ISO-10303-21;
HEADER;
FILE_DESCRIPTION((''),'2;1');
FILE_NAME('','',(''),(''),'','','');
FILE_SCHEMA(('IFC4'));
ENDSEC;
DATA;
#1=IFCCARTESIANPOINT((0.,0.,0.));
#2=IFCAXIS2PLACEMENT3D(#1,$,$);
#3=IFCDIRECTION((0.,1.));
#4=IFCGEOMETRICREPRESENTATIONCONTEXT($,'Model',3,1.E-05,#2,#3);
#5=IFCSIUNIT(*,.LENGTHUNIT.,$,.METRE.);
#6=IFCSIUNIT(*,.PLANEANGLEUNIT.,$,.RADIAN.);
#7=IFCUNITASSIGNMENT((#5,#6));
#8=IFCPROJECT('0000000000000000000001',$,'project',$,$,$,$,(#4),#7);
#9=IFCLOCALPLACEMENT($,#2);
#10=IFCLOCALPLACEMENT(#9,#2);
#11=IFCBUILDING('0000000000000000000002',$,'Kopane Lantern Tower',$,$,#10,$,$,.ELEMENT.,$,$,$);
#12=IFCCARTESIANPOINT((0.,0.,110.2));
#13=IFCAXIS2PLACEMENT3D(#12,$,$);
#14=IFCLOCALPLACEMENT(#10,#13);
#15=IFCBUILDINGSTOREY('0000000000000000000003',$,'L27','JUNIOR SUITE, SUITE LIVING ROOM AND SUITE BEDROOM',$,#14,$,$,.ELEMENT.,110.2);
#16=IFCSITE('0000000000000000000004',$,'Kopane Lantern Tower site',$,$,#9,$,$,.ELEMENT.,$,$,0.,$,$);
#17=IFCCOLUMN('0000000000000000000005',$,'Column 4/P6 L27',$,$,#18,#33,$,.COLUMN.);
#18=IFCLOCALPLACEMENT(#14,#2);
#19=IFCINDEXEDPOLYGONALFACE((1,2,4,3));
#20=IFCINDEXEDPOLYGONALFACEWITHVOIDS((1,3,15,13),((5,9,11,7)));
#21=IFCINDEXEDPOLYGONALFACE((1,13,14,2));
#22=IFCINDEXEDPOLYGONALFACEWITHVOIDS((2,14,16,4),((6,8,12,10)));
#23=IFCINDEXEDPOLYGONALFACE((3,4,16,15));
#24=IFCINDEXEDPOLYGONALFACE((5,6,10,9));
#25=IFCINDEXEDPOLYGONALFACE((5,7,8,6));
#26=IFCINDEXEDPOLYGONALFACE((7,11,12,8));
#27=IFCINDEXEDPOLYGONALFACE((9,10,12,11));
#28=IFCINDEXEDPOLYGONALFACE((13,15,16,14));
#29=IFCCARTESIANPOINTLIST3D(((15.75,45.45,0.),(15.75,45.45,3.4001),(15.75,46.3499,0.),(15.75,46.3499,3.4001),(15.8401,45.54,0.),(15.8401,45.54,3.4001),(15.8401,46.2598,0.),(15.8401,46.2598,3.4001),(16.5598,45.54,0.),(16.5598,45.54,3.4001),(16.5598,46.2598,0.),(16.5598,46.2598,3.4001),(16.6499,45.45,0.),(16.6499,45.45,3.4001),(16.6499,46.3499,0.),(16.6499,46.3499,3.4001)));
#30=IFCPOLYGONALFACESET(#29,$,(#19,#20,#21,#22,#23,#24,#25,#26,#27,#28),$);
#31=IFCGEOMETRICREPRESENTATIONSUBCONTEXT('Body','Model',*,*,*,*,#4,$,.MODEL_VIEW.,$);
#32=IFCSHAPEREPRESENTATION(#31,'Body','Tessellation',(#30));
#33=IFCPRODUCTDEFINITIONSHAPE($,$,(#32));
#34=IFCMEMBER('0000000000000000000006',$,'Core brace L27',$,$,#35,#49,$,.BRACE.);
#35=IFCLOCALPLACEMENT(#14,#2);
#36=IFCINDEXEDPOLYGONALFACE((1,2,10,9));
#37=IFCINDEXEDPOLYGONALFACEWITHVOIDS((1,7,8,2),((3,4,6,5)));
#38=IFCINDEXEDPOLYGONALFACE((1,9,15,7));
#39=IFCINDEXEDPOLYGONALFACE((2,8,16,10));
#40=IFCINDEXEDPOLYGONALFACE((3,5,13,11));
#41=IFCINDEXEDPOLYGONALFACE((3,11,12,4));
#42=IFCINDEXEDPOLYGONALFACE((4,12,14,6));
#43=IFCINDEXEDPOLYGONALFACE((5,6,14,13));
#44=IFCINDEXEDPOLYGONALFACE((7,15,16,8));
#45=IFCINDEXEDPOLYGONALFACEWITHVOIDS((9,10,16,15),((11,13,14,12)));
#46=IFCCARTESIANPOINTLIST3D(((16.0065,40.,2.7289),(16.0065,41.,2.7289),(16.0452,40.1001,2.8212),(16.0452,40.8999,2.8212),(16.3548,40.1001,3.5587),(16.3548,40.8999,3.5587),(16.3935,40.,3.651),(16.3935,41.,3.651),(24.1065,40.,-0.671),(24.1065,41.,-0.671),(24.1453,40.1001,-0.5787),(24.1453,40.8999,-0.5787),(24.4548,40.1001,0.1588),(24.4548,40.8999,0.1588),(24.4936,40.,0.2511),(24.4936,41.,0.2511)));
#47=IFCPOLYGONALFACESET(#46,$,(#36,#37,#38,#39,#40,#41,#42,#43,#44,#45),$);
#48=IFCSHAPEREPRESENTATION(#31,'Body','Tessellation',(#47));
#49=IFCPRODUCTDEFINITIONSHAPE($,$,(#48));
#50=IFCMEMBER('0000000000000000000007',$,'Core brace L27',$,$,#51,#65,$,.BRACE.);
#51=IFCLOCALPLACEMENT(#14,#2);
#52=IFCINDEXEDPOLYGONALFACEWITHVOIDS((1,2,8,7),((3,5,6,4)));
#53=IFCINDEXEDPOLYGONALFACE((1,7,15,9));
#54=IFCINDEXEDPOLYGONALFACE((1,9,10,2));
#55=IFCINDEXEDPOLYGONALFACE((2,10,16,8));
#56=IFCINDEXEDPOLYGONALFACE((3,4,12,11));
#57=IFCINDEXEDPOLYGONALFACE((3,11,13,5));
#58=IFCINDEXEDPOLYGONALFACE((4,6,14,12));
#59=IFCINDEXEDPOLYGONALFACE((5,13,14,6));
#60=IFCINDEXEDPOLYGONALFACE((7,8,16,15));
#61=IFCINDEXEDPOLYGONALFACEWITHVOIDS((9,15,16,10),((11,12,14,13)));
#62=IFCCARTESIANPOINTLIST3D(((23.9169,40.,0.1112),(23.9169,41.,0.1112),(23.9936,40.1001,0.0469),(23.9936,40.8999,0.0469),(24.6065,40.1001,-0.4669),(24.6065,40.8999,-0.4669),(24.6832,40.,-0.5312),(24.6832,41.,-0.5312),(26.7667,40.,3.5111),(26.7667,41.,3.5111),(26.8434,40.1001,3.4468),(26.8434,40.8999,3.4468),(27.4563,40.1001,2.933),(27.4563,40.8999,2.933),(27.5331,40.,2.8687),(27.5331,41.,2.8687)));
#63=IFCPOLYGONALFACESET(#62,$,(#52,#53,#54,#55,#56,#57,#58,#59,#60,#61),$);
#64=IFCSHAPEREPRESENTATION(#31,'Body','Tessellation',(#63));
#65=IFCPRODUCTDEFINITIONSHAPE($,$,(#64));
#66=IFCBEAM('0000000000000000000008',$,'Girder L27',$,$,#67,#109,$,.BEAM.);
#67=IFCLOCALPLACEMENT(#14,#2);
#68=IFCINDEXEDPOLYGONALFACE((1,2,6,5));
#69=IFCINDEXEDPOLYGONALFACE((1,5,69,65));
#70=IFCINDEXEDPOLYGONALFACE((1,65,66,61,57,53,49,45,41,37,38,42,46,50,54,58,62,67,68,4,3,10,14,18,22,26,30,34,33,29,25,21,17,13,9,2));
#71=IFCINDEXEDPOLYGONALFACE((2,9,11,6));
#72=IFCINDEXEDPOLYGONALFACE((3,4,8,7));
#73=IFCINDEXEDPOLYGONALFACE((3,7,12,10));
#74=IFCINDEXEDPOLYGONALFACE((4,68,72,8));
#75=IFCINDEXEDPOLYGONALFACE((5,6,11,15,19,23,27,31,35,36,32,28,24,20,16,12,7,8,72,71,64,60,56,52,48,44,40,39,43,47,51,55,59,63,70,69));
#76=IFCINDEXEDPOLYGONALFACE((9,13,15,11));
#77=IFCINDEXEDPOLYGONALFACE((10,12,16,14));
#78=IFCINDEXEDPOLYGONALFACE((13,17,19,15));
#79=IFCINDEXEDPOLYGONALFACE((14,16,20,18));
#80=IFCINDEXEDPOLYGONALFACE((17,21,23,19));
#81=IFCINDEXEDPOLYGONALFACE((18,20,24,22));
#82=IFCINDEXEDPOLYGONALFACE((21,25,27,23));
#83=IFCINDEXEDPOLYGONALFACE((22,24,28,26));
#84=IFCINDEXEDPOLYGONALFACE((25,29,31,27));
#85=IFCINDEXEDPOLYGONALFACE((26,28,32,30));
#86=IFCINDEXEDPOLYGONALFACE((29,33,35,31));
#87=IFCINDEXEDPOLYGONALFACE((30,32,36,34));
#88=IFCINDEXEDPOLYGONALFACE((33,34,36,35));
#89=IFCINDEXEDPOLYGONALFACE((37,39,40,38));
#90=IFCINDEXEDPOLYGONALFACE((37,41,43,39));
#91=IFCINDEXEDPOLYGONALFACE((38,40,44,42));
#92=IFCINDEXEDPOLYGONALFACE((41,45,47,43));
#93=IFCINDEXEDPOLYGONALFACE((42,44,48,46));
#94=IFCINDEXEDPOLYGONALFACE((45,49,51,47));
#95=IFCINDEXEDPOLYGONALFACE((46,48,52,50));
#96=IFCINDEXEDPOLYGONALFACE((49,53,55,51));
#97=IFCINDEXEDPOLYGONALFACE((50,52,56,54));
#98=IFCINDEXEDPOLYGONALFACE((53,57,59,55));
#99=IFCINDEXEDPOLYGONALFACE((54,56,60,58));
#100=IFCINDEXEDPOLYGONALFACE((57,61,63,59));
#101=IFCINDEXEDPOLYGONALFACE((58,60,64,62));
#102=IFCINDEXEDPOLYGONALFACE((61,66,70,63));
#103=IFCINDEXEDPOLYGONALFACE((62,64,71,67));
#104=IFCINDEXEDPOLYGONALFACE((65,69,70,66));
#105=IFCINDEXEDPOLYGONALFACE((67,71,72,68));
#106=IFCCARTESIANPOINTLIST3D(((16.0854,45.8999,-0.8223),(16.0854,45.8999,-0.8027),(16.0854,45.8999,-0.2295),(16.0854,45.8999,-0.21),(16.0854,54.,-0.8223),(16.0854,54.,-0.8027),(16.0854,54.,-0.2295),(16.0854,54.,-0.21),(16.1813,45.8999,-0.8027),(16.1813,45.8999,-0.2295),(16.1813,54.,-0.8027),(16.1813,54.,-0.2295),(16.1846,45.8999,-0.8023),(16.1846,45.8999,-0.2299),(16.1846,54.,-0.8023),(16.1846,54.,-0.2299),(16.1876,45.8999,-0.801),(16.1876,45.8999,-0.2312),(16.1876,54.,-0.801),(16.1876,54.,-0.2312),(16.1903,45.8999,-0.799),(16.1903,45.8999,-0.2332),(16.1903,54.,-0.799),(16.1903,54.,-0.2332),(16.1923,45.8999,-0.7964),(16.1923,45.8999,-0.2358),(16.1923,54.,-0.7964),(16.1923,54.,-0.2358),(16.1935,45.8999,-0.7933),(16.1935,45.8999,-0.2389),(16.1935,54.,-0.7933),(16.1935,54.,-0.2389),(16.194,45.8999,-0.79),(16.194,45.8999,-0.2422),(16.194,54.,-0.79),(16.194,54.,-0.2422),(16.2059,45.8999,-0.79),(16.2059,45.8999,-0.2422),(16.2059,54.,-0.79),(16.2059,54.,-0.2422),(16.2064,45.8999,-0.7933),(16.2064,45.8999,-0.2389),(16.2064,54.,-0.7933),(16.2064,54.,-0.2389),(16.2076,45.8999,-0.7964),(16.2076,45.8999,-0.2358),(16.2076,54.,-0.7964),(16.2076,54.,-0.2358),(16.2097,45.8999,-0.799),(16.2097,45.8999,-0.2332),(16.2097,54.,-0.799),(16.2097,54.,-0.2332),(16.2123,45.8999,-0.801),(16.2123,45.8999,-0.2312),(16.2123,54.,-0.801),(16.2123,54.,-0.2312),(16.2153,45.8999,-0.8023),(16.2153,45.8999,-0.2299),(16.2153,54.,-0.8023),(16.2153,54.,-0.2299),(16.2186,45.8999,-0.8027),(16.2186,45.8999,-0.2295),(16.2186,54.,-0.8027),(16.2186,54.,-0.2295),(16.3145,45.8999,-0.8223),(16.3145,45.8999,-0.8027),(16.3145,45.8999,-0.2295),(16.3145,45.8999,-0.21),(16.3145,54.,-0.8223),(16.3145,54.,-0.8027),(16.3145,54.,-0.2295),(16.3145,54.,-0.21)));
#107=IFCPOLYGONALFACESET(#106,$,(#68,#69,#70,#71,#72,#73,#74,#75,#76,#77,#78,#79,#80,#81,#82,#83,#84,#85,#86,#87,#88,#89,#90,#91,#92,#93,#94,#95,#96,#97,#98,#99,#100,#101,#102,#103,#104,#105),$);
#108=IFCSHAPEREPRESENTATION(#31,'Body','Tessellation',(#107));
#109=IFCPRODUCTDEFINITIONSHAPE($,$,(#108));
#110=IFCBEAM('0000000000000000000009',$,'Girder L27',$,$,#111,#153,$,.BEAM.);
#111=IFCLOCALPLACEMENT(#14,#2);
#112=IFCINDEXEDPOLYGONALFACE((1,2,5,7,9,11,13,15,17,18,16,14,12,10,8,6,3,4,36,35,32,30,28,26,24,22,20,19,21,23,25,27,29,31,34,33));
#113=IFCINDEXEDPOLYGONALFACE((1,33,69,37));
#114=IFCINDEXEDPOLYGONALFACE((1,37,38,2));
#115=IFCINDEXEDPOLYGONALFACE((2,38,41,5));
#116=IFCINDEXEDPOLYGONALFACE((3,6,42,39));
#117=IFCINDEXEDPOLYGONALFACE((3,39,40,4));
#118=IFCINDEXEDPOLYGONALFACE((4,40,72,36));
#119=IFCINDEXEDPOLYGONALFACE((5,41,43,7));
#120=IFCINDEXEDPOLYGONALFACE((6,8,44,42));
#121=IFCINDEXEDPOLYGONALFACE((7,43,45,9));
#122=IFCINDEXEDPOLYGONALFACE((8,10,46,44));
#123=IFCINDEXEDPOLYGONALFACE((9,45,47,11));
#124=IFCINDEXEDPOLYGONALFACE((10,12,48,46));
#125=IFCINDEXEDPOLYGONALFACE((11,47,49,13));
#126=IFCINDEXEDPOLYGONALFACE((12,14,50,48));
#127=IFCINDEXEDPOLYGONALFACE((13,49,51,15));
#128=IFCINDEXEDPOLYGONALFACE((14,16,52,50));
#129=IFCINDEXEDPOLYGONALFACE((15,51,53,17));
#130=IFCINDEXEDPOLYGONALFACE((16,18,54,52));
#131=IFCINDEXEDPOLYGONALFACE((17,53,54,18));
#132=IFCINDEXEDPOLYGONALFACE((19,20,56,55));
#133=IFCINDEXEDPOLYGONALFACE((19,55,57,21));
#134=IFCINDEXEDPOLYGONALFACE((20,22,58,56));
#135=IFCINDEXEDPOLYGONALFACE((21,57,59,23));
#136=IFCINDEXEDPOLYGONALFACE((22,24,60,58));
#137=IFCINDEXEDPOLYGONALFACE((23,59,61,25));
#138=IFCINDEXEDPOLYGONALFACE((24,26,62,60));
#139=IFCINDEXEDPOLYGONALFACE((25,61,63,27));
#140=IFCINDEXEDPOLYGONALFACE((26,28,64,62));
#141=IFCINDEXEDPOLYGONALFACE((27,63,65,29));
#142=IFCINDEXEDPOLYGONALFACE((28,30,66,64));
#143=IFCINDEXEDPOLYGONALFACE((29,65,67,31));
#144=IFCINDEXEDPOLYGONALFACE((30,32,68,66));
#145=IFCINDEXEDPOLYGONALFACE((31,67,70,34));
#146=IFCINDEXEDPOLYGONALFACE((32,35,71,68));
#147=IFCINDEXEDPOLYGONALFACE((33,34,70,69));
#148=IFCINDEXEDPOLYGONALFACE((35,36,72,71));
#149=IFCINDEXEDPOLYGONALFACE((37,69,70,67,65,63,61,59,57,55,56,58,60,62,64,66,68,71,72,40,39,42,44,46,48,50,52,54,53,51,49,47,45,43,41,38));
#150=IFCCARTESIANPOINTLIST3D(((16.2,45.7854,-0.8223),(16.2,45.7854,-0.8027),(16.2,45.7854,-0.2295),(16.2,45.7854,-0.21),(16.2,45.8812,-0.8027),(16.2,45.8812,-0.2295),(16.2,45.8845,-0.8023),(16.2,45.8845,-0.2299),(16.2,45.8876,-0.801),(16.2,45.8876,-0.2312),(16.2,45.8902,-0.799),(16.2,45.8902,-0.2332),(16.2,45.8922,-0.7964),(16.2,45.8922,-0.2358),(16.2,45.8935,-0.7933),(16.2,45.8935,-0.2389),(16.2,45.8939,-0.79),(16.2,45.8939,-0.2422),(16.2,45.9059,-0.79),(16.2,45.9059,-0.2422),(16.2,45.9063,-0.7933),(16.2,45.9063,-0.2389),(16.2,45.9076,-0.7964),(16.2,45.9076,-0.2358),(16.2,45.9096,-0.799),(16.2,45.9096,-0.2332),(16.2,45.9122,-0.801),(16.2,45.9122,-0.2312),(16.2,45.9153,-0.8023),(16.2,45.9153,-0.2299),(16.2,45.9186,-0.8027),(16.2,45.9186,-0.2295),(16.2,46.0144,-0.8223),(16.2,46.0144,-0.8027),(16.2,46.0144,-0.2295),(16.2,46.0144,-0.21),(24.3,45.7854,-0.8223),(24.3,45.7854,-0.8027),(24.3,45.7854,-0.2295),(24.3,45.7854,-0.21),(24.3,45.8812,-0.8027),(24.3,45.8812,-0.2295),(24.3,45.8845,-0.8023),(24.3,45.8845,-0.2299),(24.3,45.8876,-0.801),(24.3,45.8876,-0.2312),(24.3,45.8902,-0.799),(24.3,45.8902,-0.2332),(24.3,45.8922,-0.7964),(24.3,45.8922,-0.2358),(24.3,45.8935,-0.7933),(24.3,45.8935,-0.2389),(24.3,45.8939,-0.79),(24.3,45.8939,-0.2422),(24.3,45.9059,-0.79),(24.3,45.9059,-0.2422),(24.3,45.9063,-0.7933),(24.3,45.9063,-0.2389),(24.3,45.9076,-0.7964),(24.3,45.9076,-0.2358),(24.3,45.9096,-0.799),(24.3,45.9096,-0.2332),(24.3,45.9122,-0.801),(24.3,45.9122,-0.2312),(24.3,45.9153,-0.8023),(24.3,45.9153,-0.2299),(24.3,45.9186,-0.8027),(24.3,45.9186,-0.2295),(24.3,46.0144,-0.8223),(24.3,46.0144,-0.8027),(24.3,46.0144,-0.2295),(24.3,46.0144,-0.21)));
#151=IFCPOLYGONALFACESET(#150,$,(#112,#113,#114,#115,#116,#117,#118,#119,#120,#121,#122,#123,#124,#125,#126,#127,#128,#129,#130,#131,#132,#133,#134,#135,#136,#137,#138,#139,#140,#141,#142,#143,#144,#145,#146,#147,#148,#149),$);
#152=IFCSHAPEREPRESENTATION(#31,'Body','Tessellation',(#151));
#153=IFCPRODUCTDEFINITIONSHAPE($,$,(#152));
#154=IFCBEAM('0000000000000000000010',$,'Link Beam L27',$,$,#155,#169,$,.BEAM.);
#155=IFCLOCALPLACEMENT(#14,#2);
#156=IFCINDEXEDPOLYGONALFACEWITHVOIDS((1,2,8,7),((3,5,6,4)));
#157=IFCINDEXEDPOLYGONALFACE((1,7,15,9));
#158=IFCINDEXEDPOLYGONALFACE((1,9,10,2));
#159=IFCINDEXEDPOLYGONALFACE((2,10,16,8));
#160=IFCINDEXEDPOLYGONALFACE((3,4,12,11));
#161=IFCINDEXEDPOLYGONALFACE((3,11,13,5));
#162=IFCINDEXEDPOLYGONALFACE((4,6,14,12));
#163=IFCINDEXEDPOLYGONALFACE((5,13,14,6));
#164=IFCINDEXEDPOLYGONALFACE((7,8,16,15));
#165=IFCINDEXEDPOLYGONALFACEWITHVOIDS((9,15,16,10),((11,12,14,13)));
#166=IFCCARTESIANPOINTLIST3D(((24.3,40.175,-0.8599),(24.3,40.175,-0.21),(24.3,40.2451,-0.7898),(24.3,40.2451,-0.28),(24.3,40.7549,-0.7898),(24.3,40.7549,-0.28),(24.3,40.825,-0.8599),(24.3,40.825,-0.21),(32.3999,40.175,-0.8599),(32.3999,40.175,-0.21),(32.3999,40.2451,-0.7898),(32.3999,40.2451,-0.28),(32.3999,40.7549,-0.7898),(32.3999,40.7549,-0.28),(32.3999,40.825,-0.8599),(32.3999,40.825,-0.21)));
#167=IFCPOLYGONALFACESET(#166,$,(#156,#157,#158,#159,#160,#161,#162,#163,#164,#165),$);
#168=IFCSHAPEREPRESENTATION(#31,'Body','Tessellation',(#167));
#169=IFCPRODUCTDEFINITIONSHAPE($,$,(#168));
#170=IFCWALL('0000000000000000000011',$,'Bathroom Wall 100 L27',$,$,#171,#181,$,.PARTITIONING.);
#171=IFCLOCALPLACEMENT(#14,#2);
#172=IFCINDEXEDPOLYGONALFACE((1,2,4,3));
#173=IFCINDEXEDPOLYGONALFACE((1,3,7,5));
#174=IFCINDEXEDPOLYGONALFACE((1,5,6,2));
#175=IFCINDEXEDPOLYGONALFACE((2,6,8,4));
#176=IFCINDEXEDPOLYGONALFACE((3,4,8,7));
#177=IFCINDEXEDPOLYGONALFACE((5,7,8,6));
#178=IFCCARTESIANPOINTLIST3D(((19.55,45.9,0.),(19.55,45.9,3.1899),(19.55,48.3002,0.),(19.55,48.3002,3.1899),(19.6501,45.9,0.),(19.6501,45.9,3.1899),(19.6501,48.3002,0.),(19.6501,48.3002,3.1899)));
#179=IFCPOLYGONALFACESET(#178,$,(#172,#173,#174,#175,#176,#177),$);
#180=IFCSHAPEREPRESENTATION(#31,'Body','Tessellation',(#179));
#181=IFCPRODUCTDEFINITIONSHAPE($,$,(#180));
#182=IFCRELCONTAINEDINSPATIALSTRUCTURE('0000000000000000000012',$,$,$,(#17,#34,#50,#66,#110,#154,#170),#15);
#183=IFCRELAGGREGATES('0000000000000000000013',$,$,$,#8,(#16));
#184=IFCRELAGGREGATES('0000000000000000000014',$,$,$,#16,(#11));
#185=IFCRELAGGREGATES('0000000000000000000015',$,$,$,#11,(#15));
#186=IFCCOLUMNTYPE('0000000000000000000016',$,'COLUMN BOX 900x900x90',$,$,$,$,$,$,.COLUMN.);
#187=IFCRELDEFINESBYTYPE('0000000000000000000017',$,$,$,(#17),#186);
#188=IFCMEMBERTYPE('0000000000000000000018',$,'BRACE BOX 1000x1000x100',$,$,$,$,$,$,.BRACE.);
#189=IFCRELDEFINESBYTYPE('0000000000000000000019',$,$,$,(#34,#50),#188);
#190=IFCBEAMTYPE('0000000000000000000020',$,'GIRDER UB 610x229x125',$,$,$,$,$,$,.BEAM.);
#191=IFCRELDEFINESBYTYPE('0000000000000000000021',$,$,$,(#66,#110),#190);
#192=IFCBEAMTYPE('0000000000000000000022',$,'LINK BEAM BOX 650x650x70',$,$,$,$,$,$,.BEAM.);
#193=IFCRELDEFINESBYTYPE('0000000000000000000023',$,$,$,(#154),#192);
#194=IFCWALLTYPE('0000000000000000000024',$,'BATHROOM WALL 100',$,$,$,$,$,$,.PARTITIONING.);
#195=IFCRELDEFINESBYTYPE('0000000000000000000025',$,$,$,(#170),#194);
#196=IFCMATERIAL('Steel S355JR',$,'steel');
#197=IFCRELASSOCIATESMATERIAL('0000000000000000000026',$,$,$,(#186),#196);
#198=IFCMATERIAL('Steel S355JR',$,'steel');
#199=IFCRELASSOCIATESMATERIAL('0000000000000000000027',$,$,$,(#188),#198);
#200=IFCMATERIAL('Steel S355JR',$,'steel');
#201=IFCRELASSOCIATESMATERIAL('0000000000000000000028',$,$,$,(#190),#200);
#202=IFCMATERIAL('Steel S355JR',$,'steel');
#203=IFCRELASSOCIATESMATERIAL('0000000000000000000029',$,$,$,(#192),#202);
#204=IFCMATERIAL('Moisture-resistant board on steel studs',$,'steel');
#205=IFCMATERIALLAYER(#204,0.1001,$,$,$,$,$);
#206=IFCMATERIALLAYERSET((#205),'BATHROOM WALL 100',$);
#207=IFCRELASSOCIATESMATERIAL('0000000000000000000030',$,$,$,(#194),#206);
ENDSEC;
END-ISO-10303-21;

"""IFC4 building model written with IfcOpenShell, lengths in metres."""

from ifc_helpers import new_model, si_unit, direction, frame, frame_2d, origin, origin_2d, place, context, subcontext, project, spatial, rectangle, hollow_rectangle, i_section, extrude, material, layer, layer_set, material_profile, profile_set, type_object, element, save


model = new_model("IFC4")

# Units and contexts
model_context = context("Model", 3, precision=1e-05, world=origin(), true_north=direction((0.0, 1.0)))
body_context = subcontext(model_context, "Body", "Model", "MODEL_VIEW")
ifc_project = project(units=[si_unit("LENGTHUNIT", "METRE"), si_unit("PLANEANGLEUNIT", "RADIAN")], contexts=[model_context])

# Site, building, storey
site_placement = place(None, origin())
site = spatial("IfcSite", under=ifc_project, at=site_placement, Name="Kopane Lantern Tower site", CompositionType="ELEMENT", RefElevation=0.0)
building_placement = place(site_placement, origin())
building = spatial("IfcBuilding", under=site, at=building_placement, Name="Kopane Lantern Tower", CompositionType="ELEMENT")
storey_placement = place(building_placement, frame((0.0, 0.0, 110.2)))
storey = spatial("IfcBuildingStorey", under=building, at=storey_placement, Name="L27", Description="JUNIOR SUITE, SUITE LIVING ROOM AND SUITE BEDROOM", CompositionType="ELEMENT", Elevation=110.2)

# Column
ifc_material_1 = material(Name="Steel S355JR", Category="steel")
ifc_material_profile_1 = material_profile(ifc_material_1, hollow_rectangle(XDim=0.8999, YDim=0.8999, WallThickness=0.0901, at=origin_2d()), Name="BOX 900x900x90")
ifc_profile_set_1 = profile_set([ifc_material_profile_1], Name="Steel S355JR")
column_type = type_object("IfcColumnType", Name="COLUMN BOX 900x900x90", PredefinedType="COLUMN", material=ifc_profile_set_1)
column_placement = place(storey_placement, frame((16.2, 45.8999, 0.0), z_axis=(0.0, 0.0, 1.0), x_axis=(1.0, 0.0, 0.0)))
element("IfcColumn", 1, at=column_placement, inside=storey, type_object=column_type, Name="Column 4/P6 L27", PredefinedType="COLUMN", context=body_context, shape_type="SweptSolid", body=[
    extrude(hollow_rectangle(XDim=0.8999, YDim=0.8999, WallThickness=0.0901, at=origin_2d()), origin(), (0.0, 0.0, 1.0), 3.4001),
])

# Members
ifc_material_2 = material(Name="Steel S355JR", Category="steel")
ifc_material_profile_2 = material_profile(ifc_material_2, hollow_rectangle(XDim=1.0, YDim=1.0, WallThickness=0.1001, at=origin_2d()), Name="BOX 1000x1000x100")
ifc_profile_set_2 = profile_set([ifc_material_profile_2], Name="Steel S355JR")
member_type = type_object("IfcMemberType", Name="BRACE BOX 1000x1000x100", PredefinedType="BRACE", material=ifc_profile_set_2)
member_1_placement = place(storey_placement, frame((24.3, 40.5, -0.21), z_axis=(-0.922069, 0.0, 0.387026), x_axis=(0.0, -1.0, 0.0)))
element("IfcMember", 2, at=member_1_placement, inside=storey, type_object=member_type, Name="Core brace L27", PredefinedType="BRACE", context=body_context, shape_type="SweptSolid", body=[
    extrude(hollow_rectangle(XDim=1.0, YDim=1.0, WallThickness=0.1001, at=origin_2d()), origin(), (0.0, 0.0, 1.0), 8.7847),
])
member_2_placement = place(storey_placement, frame((24.3, 40.5, -0.21), z_axis=(0.64239, 0.0, 0.766378), x_axis=(0.0, 1.0, 0.0)))
element("IfcMember", 3, at=member_2_placement, inside=storey, type_object=member_type, Name="Core brace L27", PredefinedType="BRACE", context=body_context, shape_type="SweptSolid", body=[
    extrude(hollow_rectangle(XDim=1.0, YDim=1.0, WallThickness=0.1001, at=origin_2d()), origin(), (0.0, 0.0, 1.0), 4.4363),
])

# Beams
ifc_material_3 = material(Name="Steel S355JR", Category="steel")
ifc_material_profile_3 = material_profile(ifc_material_3, i_section(OverallWidth=0.229, OverallDepth=0.6123, WebThickness=0.012, FlangeThickness=0.0195, FilletRadius=0.0127, at=origin_2d()), Name="UB 610x229x125")
ifc_profile_set_3 = profile_set([ifc_material_profile_3], Name="Steel S355JR")
beam_type_1 = type_object("IfcBeamType", Name="GIRDER UB 610x229x125", PredefinedType="BEAM", material=ifc_profile_set_3)
for number, where, z_axis, x_axis, name in (
    (4, (16.2, 45.8999, -0.5161), (0.0, 1.0, 0.0), (-1.0, 0.0, 0.0), "Girder L27"),
    (5, (16.2, 45.8999, -0.5161), (1.0, 0.0, 0.0), (0.0, 1.0, 0.0), "Girder L27"),
):
    element("IfcBeam", number, at=place(storey_placement, frame(where, z_axis=z_axis, x_axis=x_axis)), inside=storey, type_object=beam_type_1, Name=name, PredefinedType="BEAM", context=body_context, shape_type="SweptSolid", body=[
        extrude(i_section(OverallWidth=0.229, OverallDepth=0.6123, WebThickness=0.012, FlangeThickness=0.0195, FilletRadius=0.0127, at=origin_2d()), origin(), (0.0, 0.0, 1.0), 8.1001),
    ])
ifc_material_4 = material(Name="Steel S355JR", Category="steel")
ifc_material_profile_4 = material_profile(ifc_material_4, hollow_rectangle(XDim=0.6499, YDim=0.6499, WallThickness=0.0701, at=origin_2d()), Name="BOX 650x650x70")
ifc_profile_set_4 = profile_set([ifc_material_profile_4], Name="Steel S355JR")
beam_type_2 = type_object("IfcBeamType", Name="LINK BEAM BOX 650x650x70", PredefinedType="BEAM", material=ifc_profile_set_4)
beam_placement = place(storey_placement, frame((24.3, 40.5, -0.5349), z_axis=(1.0, 0.0, 0.0), x_axis=(0.0, 1.0, 0.0)))
element("IfcBeam", 6, at=beam_placement, inside=storey, type_object=beam_type_2, Name="Link Beam L27", PredefinedType="BEAM", context=body_context, shape_type="SweptSolid", body=[
    extrude(hollow_rectangle(XDim=0.6499, YDim=0.6499, WallThickness=0.0701, at=origin_2d()), origin(), (0.0, 0.0, 1.0), 8.0999),
])

# Wall
ifc_material_5 = material(Name="Moisture-resistant board on steel studs", Category="steel")
ifc_layer_1 = layer(ifc_material_5, 0.1001)
ifc_layer_set_1 = layer_set([ifc_layer_1], Name="BATHROOM WALL 100")
wall_type_1 = type_object("IfcWallType", Name="BATHROOM WALL 100", PredefinedType="PARTITIONING", material=ifc_layer_set_1)
wall_1_placement = place(storey_placement, frame((19.6001, 45.8999, 0.0), z_axis=(0.0, 0.0, 1.0), x_axis=(0.0, 1.0, 0.0)))
element("IfcWall", 7, at=wall_1_placement, inside=storey, type_object=wall_type_1, Name="Bathroom Wall 100 L27", PredefinedType="PARTITIONING", context=body_context, shape_type="SweptSolid", body=[
    extrude(rectangle(XDim=2.4001, YDim=0.1001, at=frame_2d((1.2002, 0.0))), origin(), (0.0, 0.0, 1.0), 3.1899),
])

save(model, "model.ifc")
